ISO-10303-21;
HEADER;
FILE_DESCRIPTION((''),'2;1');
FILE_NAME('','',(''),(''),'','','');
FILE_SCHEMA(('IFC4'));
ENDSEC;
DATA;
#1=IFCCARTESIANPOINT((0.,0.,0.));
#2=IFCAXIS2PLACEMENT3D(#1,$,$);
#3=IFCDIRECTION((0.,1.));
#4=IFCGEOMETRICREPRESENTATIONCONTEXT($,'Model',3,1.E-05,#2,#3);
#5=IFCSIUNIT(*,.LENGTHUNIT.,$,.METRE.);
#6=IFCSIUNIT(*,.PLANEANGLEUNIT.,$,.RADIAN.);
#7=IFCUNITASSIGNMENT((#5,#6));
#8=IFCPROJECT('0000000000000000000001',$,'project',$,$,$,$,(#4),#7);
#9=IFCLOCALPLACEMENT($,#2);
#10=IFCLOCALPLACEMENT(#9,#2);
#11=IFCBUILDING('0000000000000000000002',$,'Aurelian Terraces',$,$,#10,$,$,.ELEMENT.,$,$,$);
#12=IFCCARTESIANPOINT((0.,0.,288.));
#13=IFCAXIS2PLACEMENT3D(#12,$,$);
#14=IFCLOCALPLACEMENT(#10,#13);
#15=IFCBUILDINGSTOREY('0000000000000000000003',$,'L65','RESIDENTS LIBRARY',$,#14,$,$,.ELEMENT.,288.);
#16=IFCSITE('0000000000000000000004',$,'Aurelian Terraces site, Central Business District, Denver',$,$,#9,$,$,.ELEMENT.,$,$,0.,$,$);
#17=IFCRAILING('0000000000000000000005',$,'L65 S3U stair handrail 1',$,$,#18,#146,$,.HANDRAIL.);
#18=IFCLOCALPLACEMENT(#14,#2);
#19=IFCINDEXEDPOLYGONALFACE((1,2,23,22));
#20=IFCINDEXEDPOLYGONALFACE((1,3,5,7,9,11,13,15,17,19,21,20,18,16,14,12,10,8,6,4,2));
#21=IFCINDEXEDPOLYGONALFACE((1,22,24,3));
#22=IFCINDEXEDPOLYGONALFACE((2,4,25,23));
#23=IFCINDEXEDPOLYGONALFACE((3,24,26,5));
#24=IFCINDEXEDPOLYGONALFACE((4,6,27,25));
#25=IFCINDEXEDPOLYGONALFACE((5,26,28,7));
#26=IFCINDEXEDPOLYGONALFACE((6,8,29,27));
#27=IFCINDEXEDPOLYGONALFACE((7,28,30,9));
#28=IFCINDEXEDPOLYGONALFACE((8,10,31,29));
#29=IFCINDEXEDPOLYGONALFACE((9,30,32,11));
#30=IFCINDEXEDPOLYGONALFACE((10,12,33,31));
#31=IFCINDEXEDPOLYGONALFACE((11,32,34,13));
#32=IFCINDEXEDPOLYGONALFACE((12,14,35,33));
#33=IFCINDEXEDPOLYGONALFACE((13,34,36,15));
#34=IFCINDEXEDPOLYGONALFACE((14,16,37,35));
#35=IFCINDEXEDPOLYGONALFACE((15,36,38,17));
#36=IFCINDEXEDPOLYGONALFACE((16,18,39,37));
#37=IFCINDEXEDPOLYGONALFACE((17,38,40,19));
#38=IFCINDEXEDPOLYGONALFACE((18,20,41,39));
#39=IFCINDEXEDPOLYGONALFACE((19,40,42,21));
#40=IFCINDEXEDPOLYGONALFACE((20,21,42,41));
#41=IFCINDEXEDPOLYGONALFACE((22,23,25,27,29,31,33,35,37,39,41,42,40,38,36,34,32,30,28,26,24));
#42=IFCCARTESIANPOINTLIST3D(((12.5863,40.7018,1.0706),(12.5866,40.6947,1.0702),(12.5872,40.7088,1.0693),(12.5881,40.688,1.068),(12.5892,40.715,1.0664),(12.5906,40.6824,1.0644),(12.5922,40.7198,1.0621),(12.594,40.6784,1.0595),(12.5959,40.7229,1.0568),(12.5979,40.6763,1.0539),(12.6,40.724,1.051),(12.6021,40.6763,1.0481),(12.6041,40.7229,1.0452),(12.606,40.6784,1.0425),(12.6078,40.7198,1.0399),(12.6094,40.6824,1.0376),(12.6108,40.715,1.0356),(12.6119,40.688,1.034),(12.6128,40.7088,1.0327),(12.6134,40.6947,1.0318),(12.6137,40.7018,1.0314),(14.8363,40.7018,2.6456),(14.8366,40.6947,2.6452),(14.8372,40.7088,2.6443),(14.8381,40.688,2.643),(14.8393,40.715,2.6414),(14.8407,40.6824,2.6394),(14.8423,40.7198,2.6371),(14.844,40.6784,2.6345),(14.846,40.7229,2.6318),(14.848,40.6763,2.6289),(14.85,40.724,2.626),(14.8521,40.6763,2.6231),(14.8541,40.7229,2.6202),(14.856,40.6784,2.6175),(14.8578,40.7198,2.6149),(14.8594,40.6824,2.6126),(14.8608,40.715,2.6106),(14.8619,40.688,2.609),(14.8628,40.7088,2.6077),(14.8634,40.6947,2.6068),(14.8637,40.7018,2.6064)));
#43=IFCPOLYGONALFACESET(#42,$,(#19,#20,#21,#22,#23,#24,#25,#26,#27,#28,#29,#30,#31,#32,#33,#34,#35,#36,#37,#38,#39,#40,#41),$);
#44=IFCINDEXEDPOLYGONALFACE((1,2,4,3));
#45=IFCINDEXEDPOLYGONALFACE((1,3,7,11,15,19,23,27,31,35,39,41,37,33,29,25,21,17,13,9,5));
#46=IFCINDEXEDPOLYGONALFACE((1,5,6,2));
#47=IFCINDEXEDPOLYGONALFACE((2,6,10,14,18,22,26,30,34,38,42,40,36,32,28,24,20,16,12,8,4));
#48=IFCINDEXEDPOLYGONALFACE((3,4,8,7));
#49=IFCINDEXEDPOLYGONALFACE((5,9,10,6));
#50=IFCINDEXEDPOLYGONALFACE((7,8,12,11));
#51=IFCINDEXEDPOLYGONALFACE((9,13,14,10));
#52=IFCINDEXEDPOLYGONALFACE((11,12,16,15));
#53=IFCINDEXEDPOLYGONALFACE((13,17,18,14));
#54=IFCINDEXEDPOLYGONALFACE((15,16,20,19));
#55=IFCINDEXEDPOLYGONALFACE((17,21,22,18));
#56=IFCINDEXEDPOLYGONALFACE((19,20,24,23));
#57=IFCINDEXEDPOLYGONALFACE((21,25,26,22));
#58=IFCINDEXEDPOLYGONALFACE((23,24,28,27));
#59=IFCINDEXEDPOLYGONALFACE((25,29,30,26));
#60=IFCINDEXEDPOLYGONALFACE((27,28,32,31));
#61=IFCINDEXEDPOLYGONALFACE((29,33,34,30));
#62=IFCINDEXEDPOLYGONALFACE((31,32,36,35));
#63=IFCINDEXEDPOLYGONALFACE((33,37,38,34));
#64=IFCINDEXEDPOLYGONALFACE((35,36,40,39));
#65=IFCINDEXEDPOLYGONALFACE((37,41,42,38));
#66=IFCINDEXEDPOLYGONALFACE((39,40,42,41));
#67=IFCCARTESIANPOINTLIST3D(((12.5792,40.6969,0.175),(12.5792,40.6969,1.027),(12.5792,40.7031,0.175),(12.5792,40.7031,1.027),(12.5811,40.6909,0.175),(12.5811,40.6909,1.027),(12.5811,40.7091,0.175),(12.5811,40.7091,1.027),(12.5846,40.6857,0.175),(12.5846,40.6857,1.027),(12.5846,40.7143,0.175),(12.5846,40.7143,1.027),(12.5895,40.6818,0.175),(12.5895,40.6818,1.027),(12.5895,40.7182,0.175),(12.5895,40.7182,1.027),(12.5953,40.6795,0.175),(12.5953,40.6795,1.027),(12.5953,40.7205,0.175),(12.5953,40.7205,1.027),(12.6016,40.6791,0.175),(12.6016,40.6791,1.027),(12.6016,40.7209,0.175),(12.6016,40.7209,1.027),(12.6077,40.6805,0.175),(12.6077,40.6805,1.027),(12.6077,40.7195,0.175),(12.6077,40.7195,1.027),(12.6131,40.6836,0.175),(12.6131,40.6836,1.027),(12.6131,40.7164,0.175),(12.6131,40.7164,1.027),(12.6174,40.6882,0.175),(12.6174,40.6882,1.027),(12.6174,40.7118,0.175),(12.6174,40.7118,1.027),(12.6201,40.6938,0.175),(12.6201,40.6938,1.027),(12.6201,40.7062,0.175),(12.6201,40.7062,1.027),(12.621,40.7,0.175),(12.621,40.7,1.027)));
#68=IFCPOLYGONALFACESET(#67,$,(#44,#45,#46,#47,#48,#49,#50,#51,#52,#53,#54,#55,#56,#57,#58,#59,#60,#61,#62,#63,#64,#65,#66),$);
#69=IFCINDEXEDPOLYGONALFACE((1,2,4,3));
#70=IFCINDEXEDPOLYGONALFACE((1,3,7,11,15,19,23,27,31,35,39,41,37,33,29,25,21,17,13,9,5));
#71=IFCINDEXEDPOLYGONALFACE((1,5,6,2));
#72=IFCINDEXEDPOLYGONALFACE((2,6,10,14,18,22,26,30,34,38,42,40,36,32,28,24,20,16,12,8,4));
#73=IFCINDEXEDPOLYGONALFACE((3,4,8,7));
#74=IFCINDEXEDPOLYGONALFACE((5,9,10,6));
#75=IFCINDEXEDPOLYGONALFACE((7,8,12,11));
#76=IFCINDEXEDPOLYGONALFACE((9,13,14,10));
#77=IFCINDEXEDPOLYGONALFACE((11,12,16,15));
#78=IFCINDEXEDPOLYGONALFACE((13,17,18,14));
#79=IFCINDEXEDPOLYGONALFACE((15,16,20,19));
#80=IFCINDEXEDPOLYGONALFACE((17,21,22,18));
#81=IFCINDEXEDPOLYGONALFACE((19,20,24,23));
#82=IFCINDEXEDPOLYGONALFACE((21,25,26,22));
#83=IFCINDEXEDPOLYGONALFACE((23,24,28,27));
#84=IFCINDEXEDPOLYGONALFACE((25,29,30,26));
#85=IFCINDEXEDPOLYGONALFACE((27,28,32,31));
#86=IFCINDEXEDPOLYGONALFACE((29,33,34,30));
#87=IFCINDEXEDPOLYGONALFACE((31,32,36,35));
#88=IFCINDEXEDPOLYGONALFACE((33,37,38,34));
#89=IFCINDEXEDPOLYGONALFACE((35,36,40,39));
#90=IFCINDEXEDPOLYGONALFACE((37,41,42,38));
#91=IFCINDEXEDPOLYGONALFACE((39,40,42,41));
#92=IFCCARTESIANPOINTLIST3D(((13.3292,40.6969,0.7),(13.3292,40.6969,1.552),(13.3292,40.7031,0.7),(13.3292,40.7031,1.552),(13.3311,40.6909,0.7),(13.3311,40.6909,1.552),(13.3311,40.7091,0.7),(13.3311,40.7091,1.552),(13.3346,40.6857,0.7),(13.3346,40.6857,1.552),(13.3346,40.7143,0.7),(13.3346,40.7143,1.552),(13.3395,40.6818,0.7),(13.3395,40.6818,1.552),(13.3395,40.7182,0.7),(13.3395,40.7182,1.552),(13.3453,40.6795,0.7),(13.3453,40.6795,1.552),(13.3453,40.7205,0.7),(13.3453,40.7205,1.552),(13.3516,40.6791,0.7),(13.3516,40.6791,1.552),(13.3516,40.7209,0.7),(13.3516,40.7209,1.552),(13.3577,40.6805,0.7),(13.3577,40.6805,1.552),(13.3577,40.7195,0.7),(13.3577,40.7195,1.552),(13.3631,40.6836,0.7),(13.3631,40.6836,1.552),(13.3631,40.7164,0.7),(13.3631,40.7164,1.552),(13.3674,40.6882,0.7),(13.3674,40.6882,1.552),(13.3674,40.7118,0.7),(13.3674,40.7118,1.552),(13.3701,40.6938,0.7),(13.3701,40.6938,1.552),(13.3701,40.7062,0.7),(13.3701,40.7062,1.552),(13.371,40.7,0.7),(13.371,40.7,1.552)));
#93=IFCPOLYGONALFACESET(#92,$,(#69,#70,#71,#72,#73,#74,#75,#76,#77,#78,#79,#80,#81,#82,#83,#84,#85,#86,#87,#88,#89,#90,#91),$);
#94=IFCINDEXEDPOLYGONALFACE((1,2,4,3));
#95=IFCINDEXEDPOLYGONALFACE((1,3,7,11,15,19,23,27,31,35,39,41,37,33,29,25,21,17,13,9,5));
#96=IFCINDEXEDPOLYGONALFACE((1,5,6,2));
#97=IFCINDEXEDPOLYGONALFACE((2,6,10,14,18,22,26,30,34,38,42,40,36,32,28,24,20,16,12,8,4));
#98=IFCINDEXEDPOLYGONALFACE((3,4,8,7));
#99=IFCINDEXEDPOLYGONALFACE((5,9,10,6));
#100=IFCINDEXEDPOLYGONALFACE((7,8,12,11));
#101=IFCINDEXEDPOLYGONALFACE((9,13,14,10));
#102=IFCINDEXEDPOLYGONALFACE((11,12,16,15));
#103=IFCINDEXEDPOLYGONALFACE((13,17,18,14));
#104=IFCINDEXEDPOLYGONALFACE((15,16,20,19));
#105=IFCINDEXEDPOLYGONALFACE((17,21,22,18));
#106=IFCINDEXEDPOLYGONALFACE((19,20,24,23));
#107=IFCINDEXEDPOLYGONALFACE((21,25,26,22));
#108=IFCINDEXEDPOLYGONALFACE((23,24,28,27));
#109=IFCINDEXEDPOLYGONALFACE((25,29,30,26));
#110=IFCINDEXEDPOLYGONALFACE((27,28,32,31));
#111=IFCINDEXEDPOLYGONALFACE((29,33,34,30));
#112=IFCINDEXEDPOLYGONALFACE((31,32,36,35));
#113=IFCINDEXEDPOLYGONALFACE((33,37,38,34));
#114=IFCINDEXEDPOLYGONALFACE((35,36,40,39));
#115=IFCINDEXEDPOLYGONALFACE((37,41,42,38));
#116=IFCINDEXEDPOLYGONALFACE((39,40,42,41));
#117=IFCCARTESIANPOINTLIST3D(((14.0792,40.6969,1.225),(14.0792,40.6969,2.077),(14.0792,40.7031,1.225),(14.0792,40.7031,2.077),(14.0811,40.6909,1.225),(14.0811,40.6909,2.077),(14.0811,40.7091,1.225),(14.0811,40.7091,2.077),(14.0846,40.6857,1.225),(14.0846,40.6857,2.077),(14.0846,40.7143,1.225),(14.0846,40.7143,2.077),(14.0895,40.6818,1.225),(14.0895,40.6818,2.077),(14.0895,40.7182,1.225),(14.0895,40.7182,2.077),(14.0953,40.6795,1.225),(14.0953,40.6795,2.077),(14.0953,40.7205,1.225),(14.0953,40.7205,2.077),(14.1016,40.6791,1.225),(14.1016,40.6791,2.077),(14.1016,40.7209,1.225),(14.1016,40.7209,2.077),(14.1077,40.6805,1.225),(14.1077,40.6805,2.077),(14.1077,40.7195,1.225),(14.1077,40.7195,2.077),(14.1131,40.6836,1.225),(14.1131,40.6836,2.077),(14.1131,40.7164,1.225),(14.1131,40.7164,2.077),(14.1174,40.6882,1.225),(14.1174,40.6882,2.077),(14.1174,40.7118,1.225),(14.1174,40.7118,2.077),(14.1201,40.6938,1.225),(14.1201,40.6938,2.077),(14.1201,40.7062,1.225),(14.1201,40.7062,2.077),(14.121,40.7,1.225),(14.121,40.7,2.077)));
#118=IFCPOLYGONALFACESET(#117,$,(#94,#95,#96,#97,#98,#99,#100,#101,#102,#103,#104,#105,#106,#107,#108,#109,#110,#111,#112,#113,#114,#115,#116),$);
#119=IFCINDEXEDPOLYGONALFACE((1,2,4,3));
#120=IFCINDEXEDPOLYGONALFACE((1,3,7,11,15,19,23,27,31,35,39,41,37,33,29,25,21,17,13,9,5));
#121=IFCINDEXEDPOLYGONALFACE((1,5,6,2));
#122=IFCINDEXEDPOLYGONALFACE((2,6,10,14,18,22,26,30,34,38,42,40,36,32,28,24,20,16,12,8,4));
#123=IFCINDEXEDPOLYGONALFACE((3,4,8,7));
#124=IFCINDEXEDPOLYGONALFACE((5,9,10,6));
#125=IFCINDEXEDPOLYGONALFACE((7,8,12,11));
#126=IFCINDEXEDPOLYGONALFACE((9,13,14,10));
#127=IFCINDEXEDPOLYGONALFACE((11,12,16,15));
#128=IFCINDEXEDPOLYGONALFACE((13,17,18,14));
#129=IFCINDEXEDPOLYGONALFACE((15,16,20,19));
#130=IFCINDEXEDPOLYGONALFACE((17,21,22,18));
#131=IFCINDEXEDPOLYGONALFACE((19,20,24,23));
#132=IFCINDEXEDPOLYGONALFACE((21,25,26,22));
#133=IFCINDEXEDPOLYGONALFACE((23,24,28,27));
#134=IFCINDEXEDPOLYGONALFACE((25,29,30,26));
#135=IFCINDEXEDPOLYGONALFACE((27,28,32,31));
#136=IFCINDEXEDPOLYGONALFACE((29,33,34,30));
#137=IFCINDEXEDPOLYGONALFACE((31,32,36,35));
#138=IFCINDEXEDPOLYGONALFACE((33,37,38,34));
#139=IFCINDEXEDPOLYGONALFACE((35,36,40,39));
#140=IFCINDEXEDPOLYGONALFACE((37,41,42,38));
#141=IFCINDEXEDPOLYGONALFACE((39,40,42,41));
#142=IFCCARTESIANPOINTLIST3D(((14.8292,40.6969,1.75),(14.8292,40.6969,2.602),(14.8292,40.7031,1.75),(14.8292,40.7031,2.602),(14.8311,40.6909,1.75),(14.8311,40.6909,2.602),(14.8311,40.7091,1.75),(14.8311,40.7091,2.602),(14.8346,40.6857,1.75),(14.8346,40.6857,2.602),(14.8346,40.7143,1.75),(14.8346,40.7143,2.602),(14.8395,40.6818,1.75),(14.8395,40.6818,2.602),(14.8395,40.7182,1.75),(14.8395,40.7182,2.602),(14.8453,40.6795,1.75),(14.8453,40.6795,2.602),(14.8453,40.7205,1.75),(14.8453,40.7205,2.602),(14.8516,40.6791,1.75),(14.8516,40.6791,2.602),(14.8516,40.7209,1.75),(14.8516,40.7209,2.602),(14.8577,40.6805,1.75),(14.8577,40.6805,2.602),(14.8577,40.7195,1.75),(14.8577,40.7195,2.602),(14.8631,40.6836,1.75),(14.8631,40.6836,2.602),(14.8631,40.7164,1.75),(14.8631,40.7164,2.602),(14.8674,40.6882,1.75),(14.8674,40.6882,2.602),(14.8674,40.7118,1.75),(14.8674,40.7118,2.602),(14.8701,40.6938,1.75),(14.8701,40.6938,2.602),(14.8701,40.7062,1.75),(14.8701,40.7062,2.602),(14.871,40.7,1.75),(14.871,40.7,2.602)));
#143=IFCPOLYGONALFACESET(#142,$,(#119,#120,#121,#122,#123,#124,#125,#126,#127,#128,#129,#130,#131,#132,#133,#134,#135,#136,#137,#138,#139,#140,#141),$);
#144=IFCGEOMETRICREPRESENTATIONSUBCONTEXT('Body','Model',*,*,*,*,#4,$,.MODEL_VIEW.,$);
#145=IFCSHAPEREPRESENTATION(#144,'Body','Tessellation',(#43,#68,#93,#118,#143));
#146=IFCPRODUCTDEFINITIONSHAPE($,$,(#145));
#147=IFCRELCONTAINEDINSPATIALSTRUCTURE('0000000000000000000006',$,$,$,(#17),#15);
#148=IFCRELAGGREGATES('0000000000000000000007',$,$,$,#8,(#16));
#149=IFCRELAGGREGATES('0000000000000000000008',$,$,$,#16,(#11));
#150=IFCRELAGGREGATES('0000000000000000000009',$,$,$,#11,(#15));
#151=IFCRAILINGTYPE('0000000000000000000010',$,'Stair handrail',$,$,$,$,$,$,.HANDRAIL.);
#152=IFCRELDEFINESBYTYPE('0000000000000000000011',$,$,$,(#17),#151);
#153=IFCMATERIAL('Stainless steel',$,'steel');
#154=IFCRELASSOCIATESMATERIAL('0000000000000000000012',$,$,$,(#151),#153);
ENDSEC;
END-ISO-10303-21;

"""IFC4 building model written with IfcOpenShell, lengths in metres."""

from ifc_helpers import new_model, si_unit, direction, frame, origin, origin_2d, place, context, subcontext, project, spatial, circle, extrude, source, transform, mapped, material, type_object, element, save


model = new_model("IFC4")

# Units and contexts
model_context = context("Model", 3, precision=1e-05, world=origin(), true_north=direction((0.0, 1.0)))
body_context = subcontext(model_context, "Body", "Model", "MODEL_VIEW")
ifc_project = project(units=[si_unit("LENGTHUNIT", "METRE"), si_unit("PLANEANGLEUNIT", "RADIAN")], contexts=[model_context])

# Site, building, storey
site_placement = place(None, origin())
site = spatial("IfcSite", under=ifc_project, at=site_placement, Name="Aurelian Terraces site, Central Business District, Denver", CompositionType="ELEMENT", RefElevation=0.0)
building_placement = place(site_placement, origin())
building = spatial("IfcBuilding", under=site, at=building_placement, Name="Aurelian Terraces", CompositionType="ELEMENT")
storey_placement = place(building_placement, frame((0.0, 0.0, 288.0)))
storey = spatial("IfcBuildingStorey", under=building, at=storey_placement, Name="L65", Description="RESIDENTS LIBRARY", CompositionType="ELEMENT", Elevation=288.0)

# Railing
ifc_material_1 = material(Name="Stainless steel", Category="steel")
railing_type_1 = type_object("IfcRailingType", Name="Stair handrail", PredefinedType="HANDRAIL", material=ifc_material_1)
shared_shape_1 = source(origin(), body_context, "Body", "SweptSolid", [
    extrude(circle(Radius=0.024, at=origin_2d()), frame((0.0, 0.0, 0.876), z_axis=(0.819232, 0.0, 0.573462), x_axis=(0.0, 1.0, 0.0)), (0.0, 0.0, 1.0), 2.7465),
    extrude(circle(Radius=0.021, at=origin_2d()), origin(), (0.0, 0.0, 1.0), 0.852),
    extrude(circle(Radius=0.021, at=origin_2d()), frame((0.75, 0.0, 0.525)), (0.0, 0.0, 1.0), 0.852),
    extrude(circle(Radius=0.021, at=origin_2d()), frame((1.5, 0.0, 1.05)), (0.0, 0.0, 1.0), 0.852),
    extrude(circle(Radius=0.021, at=origin_2d()), frame((2.25, 0.0, 1.575)), (0.0, 0.0, 1.0), 0.852),
])
railing_1_placement = place(storey_placement, frame((12.6, 40.7, 0.175)))
element("IfcRailing", 1, at=railing_1_placement, inside=storey, type_object=railing_type_1, Name="L65 S3U stair handrail 1", PredefinedType="HANDRAIL", context=body_context, shape_type="MappedRepresentation", body=[
    mapped(shared_shape_1, transform((0.0, 0.0, 0.0), scale=1.0)),
])

save(model, "model.ifc")
